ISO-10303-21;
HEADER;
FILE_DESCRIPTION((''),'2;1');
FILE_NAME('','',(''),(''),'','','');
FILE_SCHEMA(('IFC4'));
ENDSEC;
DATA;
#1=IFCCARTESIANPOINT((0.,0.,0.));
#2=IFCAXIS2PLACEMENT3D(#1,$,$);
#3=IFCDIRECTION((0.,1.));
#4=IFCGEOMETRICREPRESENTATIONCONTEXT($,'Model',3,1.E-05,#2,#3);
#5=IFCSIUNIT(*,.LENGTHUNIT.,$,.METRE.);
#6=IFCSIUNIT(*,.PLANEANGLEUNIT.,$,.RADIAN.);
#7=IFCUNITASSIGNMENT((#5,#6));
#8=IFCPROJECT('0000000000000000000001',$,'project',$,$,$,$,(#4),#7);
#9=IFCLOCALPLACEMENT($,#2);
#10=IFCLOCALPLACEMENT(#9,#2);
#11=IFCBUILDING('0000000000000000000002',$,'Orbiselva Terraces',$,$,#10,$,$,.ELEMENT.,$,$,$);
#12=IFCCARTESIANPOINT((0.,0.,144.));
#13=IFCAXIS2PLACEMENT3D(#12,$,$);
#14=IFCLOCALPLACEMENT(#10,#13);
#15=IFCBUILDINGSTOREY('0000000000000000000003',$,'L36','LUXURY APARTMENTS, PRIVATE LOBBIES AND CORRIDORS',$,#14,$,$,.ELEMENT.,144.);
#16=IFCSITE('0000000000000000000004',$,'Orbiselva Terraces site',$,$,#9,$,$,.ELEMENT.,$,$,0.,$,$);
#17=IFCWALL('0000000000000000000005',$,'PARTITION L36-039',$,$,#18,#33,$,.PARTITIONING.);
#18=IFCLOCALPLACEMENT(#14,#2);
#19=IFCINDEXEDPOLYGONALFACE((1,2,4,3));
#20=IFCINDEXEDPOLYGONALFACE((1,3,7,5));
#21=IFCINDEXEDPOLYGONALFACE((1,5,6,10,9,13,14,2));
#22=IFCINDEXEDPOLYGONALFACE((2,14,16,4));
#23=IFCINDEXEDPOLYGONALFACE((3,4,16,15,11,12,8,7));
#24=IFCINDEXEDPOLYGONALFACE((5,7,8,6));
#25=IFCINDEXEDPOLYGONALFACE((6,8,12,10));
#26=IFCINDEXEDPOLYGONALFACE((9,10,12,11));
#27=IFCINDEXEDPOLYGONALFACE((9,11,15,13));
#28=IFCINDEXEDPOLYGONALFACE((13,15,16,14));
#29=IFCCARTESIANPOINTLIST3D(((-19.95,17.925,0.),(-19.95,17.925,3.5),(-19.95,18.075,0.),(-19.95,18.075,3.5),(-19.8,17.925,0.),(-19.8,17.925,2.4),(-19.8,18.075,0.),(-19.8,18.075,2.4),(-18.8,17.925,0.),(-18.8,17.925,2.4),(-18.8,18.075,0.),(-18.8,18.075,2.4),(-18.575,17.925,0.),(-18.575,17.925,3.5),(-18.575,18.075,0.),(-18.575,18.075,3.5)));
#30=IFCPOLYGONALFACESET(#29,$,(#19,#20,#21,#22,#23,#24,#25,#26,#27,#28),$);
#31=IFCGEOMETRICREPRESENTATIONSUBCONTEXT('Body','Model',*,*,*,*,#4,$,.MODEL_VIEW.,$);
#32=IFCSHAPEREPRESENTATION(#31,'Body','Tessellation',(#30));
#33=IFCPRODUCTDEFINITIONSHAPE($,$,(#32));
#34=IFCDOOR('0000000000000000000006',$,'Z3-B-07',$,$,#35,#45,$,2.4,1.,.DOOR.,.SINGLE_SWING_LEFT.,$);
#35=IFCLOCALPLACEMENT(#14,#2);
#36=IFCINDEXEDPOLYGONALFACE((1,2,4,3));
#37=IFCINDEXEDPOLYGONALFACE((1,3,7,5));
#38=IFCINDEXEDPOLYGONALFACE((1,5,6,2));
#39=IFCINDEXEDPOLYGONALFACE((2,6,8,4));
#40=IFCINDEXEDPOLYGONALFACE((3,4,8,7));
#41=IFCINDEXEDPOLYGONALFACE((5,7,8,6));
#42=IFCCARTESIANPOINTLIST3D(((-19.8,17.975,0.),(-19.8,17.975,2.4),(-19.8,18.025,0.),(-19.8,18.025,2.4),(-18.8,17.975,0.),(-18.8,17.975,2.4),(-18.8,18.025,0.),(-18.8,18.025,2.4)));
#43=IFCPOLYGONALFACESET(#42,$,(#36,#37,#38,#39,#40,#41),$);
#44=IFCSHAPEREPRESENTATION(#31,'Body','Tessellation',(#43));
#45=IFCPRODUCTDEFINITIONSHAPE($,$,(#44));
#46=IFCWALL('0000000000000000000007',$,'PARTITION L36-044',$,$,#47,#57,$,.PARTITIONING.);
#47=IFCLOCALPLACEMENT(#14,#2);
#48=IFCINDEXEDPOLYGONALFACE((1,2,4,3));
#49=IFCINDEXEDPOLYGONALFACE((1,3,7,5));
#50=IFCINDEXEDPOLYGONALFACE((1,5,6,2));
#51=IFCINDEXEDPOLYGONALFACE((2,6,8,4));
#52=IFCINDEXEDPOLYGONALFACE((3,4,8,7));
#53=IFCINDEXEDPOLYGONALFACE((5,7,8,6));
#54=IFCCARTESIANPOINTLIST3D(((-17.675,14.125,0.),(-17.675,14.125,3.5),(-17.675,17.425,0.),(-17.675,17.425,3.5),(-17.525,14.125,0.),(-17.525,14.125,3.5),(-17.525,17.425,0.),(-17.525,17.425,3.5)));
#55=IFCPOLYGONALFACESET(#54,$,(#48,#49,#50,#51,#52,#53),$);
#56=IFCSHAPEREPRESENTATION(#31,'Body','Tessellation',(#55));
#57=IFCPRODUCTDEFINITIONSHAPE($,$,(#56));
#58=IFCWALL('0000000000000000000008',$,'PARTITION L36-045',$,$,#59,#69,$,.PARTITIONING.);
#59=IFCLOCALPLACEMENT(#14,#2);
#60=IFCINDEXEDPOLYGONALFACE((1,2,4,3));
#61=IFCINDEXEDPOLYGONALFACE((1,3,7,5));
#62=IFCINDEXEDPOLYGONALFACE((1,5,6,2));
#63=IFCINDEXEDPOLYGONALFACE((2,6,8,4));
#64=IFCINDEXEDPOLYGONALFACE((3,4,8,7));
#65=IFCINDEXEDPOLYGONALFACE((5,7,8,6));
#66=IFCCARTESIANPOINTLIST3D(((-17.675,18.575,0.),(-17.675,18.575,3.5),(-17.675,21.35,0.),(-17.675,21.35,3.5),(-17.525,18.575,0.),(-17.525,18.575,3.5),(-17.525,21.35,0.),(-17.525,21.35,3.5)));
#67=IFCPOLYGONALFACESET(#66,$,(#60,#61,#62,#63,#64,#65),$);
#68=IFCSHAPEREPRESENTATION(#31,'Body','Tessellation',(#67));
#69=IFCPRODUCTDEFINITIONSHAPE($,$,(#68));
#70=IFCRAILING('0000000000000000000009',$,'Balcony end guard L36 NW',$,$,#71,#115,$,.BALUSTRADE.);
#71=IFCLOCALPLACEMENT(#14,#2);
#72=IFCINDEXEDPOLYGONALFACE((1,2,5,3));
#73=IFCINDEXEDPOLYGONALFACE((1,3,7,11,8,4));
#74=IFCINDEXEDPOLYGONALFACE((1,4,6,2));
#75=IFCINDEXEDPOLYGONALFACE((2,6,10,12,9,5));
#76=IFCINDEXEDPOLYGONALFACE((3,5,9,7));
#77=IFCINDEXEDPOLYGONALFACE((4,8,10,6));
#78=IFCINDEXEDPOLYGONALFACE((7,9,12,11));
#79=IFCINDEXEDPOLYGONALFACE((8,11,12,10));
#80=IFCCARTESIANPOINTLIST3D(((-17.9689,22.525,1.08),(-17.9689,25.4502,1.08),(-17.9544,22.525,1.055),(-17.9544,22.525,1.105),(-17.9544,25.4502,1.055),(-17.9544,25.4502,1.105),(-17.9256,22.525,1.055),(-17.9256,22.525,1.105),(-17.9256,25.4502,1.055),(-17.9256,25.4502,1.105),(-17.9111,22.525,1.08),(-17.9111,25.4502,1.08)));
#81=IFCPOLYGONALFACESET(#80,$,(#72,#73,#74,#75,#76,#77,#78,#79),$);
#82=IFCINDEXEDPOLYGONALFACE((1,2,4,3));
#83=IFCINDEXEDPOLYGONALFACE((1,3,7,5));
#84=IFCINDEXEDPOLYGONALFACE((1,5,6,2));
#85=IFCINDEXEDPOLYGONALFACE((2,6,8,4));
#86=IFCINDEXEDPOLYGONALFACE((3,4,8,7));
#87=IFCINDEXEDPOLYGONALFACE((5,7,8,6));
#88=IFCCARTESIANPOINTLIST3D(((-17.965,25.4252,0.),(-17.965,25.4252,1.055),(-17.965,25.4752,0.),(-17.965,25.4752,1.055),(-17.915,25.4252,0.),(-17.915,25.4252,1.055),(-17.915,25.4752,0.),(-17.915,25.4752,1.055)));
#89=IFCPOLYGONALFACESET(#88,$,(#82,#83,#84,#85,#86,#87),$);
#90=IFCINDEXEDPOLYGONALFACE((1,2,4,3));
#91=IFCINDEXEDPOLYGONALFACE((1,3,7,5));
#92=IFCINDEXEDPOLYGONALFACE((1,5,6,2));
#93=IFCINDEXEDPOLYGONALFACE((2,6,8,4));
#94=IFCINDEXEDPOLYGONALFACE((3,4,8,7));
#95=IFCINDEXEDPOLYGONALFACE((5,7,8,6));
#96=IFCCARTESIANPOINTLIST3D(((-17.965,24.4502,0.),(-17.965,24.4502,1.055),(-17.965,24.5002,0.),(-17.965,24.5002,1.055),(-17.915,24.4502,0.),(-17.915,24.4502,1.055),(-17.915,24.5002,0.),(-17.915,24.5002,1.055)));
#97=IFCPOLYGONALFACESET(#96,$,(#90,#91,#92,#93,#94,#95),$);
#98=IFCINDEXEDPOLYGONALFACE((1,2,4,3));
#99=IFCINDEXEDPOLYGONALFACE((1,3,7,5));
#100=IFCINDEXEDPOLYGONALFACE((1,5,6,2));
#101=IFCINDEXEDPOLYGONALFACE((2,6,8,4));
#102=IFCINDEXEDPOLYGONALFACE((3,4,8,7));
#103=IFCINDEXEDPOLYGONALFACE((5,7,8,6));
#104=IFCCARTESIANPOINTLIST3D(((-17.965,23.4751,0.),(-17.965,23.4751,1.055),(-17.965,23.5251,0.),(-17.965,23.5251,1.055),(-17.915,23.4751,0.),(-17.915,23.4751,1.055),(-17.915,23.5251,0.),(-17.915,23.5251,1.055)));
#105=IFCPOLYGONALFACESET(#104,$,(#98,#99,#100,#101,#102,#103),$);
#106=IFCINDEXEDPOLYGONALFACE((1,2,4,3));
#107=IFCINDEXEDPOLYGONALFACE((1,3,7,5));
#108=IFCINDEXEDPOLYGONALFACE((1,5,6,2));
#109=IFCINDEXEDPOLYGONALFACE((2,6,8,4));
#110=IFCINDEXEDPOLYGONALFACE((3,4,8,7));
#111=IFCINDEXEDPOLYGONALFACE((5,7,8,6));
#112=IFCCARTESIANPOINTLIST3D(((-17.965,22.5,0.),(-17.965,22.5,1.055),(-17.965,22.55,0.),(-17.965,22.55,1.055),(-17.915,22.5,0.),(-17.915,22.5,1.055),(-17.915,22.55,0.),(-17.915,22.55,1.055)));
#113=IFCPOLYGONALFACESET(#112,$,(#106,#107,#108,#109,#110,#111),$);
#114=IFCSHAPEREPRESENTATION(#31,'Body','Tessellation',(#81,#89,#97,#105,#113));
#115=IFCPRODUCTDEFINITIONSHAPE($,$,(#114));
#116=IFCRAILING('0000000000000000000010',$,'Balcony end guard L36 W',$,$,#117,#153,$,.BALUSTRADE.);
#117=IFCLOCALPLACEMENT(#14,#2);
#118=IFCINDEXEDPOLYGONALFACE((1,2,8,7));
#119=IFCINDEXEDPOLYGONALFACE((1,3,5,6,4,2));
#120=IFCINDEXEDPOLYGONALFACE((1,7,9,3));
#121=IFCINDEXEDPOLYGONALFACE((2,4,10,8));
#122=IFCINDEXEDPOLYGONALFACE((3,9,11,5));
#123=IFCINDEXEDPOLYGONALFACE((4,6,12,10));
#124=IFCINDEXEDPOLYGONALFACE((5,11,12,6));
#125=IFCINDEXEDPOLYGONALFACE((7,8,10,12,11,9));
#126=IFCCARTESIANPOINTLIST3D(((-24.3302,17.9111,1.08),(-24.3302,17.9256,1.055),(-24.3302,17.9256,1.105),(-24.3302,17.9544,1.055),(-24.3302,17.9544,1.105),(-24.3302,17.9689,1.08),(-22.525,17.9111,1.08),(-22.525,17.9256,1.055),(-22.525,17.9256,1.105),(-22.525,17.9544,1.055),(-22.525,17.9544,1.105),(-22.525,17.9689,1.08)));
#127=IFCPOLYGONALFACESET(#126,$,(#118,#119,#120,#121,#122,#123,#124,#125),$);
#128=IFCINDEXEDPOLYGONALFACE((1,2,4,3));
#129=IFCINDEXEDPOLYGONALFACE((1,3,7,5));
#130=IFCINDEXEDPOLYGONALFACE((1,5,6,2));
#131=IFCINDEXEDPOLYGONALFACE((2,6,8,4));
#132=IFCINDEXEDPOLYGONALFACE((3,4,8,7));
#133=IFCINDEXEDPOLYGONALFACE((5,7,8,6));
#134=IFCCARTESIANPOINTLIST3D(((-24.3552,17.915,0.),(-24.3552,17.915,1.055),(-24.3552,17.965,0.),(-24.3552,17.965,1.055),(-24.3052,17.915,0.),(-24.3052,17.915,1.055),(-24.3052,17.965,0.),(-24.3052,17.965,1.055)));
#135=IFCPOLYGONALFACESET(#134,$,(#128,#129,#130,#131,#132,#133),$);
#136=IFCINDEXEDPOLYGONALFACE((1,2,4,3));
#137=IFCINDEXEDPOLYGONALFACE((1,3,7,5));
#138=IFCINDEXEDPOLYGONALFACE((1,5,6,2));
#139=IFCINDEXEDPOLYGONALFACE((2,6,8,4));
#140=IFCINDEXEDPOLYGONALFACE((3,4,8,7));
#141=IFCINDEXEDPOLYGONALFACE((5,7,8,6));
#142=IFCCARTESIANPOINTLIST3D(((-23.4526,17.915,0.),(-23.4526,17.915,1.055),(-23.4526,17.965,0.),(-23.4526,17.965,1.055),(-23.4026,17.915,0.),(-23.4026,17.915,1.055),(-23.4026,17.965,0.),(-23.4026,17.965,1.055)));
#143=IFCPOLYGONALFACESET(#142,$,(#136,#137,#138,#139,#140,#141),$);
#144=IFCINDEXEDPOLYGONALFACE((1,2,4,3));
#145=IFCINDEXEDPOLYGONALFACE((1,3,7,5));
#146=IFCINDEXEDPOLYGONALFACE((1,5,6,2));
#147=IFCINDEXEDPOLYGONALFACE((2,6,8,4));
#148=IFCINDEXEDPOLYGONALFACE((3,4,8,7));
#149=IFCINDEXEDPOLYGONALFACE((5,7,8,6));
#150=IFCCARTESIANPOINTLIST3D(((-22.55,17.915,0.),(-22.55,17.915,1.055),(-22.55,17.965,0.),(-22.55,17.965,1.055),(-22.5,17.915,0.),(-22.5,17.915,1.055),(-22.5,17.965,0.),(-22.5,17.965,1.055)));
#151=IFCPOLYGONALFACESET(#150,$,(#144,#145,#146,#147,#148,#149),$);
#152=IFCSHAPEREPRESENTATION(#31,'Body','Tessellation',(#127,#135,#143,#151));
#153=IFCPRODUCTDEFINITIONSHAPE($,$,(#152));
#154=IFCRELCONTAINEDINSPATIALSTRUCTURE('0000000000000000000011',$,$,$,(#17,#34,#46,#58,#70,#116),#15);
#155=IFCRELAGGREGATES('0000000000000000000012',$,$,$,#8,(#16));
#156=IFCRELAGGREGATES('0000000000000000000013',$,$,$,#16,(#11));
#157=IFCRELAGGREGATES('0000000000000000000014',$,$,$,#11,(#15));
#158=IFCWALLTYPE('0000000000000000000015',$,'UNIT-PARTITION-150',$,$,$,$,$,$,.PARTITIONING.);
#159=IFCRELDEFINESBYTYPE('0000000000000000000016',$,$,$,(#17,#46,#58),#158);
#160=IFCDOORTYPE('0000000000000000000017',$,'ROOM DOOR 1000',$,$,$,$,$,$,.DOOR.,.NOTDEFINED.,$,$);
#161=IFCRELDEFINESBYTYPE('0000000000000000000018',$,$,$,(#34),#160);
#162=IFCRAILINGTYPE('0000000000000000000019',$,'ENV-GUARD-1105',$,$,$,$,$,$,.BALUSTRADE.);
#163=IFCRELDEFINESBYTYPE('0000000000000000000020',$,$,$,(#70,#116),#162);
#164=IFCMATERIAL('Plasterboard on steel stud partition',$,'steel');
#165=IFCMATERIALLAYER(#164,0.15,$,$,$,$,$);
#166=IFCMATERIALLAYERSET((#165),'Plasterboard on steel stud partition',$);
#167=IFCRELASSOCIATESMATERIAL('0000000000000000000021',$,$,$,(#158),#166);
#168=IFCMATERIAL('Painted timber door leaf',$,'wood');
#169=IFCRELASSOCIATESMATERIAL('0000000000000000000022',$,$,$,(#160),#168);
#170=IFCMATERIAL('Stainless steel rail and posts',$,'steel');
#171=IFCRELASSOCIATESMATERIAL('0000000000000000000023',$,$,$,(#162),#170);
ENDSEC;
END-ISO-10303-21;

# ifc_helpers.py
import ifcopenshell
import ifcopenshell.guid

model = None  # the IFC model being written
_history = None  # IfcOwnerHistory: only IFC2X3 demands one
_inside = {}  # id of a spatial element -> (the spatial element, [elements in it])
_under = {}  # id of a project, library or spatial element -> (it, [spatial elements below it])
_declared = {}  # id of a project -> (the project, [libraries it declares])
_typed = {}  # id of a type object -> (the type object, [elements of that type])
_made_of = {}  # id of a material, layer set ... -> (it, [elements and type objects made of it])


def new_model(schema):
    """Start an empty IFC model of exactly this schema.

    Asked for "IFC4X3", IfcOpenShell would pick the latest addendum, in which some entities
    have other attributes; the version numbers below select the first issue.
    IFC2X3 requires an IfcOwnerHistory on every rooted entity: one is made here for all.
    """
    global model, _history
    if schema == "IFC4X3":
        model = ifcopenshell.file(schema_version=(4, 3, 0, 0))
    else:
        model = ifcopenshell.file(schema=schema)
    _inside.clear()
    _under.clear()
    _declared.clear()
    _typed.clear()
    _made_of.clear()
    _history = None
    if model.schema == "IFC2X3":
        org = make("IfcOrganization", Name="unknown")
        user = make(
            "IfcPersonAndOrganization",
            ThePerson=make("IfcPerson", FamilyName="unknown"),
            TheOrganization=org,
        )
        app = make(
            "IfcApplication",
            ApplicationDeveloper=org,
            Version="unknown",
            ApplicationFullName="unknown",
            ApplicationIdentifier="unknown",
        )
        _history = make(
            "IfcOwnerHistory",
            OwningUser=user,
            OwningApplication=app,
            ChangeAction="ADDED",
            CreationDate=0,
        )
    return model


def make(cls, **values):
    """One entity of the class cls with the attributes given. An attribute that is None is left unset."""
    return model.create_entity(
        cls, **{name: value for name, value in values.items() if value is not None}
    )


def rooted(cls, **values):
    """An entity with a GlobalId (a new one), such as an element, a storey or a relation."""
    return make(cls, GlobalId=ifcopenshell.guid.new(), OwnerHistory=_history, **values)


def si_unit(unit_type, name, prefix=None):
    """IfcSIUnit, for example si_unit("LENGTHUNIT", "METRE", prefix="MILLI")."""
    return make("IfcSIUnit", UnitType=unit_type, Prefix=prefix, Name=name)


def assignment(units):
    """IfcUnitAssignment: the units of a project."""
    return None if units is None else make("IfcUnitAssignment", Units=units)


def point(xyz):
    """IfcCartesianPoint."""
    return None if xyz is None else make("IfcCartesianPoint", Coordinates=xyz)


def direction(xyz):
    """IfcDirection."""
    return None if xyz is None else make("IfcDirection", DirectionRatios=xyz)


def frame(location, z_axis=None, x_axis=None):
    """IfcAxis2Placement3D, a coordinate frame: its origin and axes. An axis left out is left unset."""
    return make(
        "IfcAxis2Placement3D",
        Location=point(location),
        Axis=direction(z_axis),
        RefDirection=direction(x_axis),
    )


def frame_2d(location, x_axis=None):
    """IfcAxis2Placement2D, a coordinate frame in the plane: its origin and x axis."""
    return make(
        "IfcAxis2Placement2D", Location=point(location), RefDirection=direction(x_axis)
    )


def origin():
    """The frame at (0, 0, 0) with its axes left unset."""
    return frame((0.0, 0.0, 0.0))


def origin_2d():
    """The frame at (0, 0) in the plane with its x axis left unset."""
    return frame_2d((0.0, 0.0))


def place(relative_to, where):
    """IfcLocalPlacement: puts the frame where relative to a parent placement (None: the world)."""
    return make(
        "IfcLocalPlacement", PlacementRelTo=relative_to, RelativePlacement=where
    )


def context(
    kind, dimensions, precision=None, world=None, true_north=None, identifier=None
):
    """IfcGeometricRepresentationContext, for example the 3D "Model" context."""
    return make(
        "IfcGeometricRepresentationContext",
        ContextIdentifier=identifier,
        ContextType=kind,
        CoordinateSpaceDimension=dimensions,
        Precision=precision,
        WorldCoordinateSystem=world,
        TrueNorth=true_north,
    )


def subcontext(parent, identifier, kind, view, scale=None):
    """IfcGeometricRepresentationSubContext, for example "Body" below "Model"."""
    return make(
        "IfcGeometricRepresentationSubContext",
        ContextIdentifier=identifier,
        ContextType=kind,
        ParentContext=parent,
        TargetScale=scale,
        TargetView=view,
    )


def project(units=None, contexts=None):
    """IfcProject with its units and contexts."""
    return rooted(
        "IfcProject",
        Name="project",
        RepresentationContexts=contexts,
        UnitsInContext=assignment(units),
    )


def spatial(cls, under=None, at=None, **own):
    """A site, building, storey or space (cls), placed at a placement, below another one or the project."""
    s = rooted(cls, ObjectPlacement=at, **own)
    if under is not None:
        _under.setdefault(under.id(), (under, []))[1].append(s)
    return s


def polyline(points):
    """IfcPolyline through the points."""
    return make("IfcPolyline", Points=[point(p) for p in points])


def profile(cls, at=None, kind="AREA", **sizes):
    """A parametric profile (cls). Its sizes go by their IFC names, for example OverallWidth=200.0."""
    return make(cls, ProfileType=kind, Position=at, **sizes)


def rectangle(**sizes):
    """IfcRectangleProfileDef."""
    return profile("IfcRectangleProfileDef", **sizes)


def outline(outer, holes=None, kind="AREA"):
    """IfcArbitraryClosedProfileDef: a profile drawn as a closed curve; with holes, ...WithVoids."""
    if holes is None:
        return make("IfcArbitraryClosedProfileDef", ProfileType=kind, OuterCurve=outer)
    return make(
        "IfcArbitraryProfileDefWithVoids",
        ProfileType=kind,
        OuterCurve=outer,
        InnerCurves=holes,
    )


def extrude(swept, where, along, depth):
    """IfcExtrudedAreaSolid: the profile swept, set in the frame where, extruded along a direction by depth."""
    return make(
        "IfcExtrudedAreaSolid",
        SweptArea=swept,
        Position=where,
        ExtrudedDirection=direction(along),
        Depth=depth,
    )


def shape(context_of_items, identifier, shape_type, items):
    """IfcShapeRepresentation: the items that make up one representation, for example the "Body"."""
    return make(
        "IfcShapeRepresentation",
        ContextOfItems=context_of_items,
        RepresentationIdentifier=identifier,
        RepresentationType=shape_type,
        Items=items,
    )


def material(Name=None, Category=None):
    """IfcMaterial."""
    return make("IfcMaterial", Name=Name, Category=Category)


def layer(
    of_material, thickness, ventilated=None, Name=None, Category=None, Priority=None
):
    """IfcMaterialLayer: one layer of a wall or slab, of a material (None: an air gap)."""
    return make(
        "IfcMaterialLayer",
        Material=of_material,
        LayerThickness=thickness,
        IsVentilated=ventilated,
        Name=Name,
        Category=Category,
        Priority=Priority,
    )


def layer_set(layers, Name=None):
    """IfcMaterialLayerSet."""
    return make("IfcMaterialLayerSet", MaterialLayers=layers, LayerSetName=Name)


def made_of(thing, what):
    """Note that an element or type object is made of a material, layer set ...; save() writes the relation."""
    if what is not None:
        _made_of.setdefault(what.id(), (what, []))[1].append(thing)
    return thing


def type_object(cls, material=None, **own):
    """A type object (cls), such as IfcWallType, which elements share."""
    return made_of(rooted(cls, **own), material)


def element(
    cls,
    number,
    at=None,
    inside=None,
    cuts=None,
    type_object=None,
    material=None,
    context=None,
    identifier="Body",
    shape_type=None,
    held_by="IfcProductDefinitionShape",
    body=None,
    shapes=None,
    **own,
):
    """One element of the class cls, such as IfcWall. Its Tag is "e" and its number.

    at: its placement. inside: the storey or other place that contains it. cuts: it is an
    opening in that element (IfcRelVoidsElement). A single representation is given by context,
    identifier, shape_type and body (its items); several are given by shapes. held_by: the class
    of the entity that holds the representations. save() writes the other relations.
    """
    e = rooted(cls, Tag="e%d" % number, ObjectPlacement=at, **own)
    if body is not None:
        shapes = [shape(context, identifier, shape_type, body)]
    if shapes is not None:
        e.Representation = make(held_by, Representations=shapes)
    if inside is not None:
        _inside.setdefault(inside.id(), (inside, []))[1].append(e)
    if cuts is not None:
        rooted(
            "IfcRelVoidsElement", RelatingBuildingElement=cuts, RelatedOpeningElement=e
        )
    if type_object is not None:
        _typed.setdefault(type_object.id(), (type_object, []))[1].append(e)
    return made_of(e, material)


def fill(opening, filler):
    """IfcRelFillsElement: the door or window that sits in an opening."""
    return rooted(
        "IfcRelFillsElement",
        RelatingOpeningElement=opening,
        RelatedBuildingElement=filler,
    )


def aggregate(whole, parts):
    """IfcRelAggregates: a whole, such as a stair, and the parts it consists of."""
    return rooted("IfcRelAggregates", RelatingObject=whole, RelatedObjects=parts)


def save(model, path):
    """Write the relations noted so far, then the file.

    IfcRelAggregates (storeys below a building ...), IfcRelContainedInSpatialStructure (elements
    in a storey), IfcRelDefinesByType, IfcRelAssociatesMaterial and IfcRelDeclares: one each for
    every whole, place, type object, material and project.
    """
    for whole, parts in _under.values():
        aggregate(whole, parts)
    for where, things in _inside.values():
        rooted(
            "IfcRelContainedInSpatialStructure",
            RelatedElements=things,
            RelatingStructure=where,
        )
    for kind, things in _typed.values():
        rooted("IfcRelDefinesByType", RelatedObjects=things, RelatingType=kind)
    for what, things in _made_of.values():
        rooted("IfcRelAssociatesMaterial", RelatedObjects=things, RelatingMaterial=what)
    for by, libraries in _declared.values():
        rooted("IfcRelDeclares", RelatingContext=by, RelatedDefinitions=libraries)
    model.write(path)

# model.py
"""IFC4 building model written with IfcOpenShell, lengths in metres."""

from ifc_helpers import new_model, si_unit, direction, frame, frame_2d, origin, origin_2d, place, context, subcontext, project, spatial, polyline, rectangle, outline, extrude, material, layer, layer_set, type_object, element, fill, save


model = new_model("IFC4")

# Units and contexts
model_context = context("Model", 3, precision=1e-05, world=origin(), true_north=direction((0.0, 1.0)))
body_context = subcontext(model_context, "Body", "Model", "MODEL_VIEW")
ifc_project = project(units=[si_unit("LENGTHUNIT", "METRE"), si_unit("PLANEANGLEUNIT", "RADIAN")], contexts=[model_context])

# Site, building, storey
site_placement = place(None, origin())
site = spatial("IfcSite", under=ifc_project, at=site_placement, Name="Orbiselva Terraces site", CompositionType="ELEMENT", RefElevation=0.0)
building_placement = place(site_placement, origin())
building = spatial("IfcBuilding", under=site, at=building_placement, Name="Orbiselva Terraces", CompositionType="ELEMENT")
storey_placement = place(building_placement, frame((0.0, 0.0, 144.0)))
storey = spatial("IfcBuildingStorey", under=building, at=storey_placement, Name="L36", Description="LUXURY APARTMENTS, PRIVATE LOBBIES AND CORRIDORS", CompositionType="ELEMENT", Elevation=144.0)

# Wall, opening, door
ifc_material_1 = material(Name="Plasterboard on steel stud partition", Category="steel")
ifc_material_2 = material(Name="Painted timber door leaf", Category="wood")
ifc_layer_1 = layer(ifc_material_1, 0.15)
ifc_layer_set_1 = layer_set([ifc_layer_1], Name="Plasterboard on steel stud partition")
wall_type_1 = type_object("IfcWallType", Name="UNIT-PARTITION-150", PredefinedType="PARTITIONING", material=ifc_layer_set_1)
wall_1_placement = place(storey_placement, frame((-19.95, 18.0, 0.0), z_axis=(0.0, 0.0, 1.0), x_axis=(1.0, 0.0, 0.0)))
wall_1 = element("IfcWall", 1, at=wall_1_placement, inside=storey, type_object=wall_type_1, Name="PARTITION L36-039", PredefinedType="PARTITIONING", context=body_context, shape_type="SweptSolid", body=[
    extrude(rectangle(XDim=1.375, YDim=0.15, at=frame_2d((0.6875, 0.0))), origin(), (0.0, 0.0, 1.0), 3.5),
])
opening_1_placement = place(wall_1_placement, frame((0.15, 0.0, 0.0)))
opening_1 = element("IfcOpeningElement", 2, at=opening_1_placement, cuts=wall_1, PredefinedType="OPENING", context=body_context, shape_type="SweptSolid", body=[
    extrude(rectangle(XDim=1.0, YDim=2.4, at=frame_2d((0.5, 1.2))), frame((0.0, 0.085, 0.0), z_axis=(0.0, -1.0, 0.0), x_axis=(1.0, 0.0, 0.0)), (0.0, 0.0, 1.0), 0.17),
])
door_type_1 = type_object("IfcDoorType", Name="ROOM DOOR 1000", OperationType="NOTDEFINED", PredefinedType="DOOR", material=ifc_material_2)
door_1_placement = place(opening_1_placement, origin())
door_1 = element("IfcDoor", 3, at=door_1_placement, inside=storey, type_object=door_type_1, Name="Z3-B-07", OperationType="SINGLE_SWING_LEFT", OverallHeight=2.4, OverallWidth=1.0, PredefinedType="DOOR", context=body_context, shape_type="SweptSolid", body=[
    extrude(rectangle(XDim=1.0, YDim=2.4, at=frame_2d((0.5, 1.2))), frame((0.0, 0.025, 0.0), z_axis=(0.0, -1.0, 0.0), x_axis=(1.0, 0.0, 0.0)), (0.0, 0.0, 1.0), 0.05),
])
fill(opening_1, door_1)

# Walls
wall_2_placement = place(storey_placement, frame((-17.6, 14.125, 0.0), z_axis=(0.0, 0.0, 1.0), x_axis=(0.0, 1.0, 0.0)))
element("IfcWall", 4, at=wall_2_placement, inside=storey, type_object=wall_type_1, Name="PARTITION L36-044", PredefinedType="PARTITIONING", context=body_context, shape_type="SweptSolid", body=[
    extrude(rectangle(XDim=3.3, YDim=0.15, at=frame_2d((1.65, 0.0))), origin(), (0.0, 0.0, 1.0), 3.5),
])
wall_3_placement = place(storey_placement, frame((-17.6, 18.575, 0.0), z_axis=(0.0, 0.0, 1.0), x_axis=(0.0, 1.0, 0.0)))
element("IfcWall", 5, at=wall_3_placement, inside=storey, type_object=wall_type_1, Name="PARTITION L36-045", PredefinedType="PARTITIONING", context=body_context, shape_type="SweptSolid", body=[
    extrude(rectangle(XDim=2.775, YDim=0.15, at=frame_2d((1.3875, 0.0))), origin(), (0.0, 0.0, 1.0), 3.5),
])

# Railings
ifc_material_3 = material(Name="Stainless steel rail and posts", Category="steel")
railing_type_1 = type_object("IfcRailingType", Name="ENV-GUARD-1105", PredefinedType="BALUSTRADE", material=ifc_material_3)
railing_1_placement = place(storey_placement, frame((-17.94, 25.4502, 0.0)))
element("IfcRailing", 6, at=railing_1_placement, inside=storey, type_object=railing_type_1, Name="Balcony end guard L36 NW", PredefinedType="BALUSTRADE", context=body_context, shape_type="SweptSolid", body=[
    extrude(outline(polyline([(0.0289, 0.0), (0.0144, 0.025), (-0.0144, 0.025), (-0.0289, 0.0), (-0.0144, -0.025), (0.0144, -0.025), (0.0289, 0.0)])), frame((0.0, 0.0, 1.08), z_axis=(0.0, -1.0, 0.0), x_axis=(1.0, 0.0, 0.0)), (0.0, 0.0, 1.0), 2.9252),
    extrude(rectangle(XDim=0.05, YDim=0.05, at=origin_2d()), origin(), (0.0, 0.0, 1.0), 1.055),
    extrude(rectangle(XDim=0.05, YDim=0.05, at=origin_2d()), frame((0.0, -0.9751, 0.0)), (0.0, 0.0, 1.0), 1.055),
    extrude(rectangle(XDim=0.05, YDim=0.05, at=origin_2d()), frame((0.0, -1.9502, 0.0)), (0.0, 0.0, 1.0), 1.055),
    extrude(rectangle(XDim=0.05, YDim=0.05, at=origin_2d()), frame((0.0, -2.9252, 0.0)), (0.0, 0.0, 1.0), 1.055),
])
railing_2_placement = place(storey_placement, frame((-24.3302, 17.94, 0.0)))
element("IfcRailing", 7, at=railing_2_placement, inside=storey, type_object=railing_type_1, Name="Balcony end guard L36 W", PredefinedType="BALUSTRADE", context=body_context, shape_type="SweptSolid", body=[
    extrude(outline(polyline([(0.0289, 0.0), (0.0144, 0.025), (-0.0144, 0.025), (-0.0289, 0.0), (-0.0144, -0.025), (0.0144, -0.025), (0.0289, 0.0)])), frame((0.0, 0.0, 1.08), z_axis=(1.0, 0.0, 0.0), x_axis=(0.0, 1.0, 0.0)), (0.0, 0.0, 1.0), 1.8052),
    extrude(rectangle(XDim=0.05, YDim=0.05, at=origin_2d()), origin(), (0.0, 0.0, 1.0), 1.055),
    extrude(rectangle(XDim=0.05, YDim=0.05, at=origin_2d()), frame((0.9026, 0.0, 0.0)), (0.0, 0.0, 1.0), 1.055),
    extrude(rectangle(XDim=0.05, YDim=0.05, at=origin_2d()), frame((1.8052, 0.0, 0.0)), (0.0, 0.0, 1.0), 1.055),
])

save(model, "model.ifc")
